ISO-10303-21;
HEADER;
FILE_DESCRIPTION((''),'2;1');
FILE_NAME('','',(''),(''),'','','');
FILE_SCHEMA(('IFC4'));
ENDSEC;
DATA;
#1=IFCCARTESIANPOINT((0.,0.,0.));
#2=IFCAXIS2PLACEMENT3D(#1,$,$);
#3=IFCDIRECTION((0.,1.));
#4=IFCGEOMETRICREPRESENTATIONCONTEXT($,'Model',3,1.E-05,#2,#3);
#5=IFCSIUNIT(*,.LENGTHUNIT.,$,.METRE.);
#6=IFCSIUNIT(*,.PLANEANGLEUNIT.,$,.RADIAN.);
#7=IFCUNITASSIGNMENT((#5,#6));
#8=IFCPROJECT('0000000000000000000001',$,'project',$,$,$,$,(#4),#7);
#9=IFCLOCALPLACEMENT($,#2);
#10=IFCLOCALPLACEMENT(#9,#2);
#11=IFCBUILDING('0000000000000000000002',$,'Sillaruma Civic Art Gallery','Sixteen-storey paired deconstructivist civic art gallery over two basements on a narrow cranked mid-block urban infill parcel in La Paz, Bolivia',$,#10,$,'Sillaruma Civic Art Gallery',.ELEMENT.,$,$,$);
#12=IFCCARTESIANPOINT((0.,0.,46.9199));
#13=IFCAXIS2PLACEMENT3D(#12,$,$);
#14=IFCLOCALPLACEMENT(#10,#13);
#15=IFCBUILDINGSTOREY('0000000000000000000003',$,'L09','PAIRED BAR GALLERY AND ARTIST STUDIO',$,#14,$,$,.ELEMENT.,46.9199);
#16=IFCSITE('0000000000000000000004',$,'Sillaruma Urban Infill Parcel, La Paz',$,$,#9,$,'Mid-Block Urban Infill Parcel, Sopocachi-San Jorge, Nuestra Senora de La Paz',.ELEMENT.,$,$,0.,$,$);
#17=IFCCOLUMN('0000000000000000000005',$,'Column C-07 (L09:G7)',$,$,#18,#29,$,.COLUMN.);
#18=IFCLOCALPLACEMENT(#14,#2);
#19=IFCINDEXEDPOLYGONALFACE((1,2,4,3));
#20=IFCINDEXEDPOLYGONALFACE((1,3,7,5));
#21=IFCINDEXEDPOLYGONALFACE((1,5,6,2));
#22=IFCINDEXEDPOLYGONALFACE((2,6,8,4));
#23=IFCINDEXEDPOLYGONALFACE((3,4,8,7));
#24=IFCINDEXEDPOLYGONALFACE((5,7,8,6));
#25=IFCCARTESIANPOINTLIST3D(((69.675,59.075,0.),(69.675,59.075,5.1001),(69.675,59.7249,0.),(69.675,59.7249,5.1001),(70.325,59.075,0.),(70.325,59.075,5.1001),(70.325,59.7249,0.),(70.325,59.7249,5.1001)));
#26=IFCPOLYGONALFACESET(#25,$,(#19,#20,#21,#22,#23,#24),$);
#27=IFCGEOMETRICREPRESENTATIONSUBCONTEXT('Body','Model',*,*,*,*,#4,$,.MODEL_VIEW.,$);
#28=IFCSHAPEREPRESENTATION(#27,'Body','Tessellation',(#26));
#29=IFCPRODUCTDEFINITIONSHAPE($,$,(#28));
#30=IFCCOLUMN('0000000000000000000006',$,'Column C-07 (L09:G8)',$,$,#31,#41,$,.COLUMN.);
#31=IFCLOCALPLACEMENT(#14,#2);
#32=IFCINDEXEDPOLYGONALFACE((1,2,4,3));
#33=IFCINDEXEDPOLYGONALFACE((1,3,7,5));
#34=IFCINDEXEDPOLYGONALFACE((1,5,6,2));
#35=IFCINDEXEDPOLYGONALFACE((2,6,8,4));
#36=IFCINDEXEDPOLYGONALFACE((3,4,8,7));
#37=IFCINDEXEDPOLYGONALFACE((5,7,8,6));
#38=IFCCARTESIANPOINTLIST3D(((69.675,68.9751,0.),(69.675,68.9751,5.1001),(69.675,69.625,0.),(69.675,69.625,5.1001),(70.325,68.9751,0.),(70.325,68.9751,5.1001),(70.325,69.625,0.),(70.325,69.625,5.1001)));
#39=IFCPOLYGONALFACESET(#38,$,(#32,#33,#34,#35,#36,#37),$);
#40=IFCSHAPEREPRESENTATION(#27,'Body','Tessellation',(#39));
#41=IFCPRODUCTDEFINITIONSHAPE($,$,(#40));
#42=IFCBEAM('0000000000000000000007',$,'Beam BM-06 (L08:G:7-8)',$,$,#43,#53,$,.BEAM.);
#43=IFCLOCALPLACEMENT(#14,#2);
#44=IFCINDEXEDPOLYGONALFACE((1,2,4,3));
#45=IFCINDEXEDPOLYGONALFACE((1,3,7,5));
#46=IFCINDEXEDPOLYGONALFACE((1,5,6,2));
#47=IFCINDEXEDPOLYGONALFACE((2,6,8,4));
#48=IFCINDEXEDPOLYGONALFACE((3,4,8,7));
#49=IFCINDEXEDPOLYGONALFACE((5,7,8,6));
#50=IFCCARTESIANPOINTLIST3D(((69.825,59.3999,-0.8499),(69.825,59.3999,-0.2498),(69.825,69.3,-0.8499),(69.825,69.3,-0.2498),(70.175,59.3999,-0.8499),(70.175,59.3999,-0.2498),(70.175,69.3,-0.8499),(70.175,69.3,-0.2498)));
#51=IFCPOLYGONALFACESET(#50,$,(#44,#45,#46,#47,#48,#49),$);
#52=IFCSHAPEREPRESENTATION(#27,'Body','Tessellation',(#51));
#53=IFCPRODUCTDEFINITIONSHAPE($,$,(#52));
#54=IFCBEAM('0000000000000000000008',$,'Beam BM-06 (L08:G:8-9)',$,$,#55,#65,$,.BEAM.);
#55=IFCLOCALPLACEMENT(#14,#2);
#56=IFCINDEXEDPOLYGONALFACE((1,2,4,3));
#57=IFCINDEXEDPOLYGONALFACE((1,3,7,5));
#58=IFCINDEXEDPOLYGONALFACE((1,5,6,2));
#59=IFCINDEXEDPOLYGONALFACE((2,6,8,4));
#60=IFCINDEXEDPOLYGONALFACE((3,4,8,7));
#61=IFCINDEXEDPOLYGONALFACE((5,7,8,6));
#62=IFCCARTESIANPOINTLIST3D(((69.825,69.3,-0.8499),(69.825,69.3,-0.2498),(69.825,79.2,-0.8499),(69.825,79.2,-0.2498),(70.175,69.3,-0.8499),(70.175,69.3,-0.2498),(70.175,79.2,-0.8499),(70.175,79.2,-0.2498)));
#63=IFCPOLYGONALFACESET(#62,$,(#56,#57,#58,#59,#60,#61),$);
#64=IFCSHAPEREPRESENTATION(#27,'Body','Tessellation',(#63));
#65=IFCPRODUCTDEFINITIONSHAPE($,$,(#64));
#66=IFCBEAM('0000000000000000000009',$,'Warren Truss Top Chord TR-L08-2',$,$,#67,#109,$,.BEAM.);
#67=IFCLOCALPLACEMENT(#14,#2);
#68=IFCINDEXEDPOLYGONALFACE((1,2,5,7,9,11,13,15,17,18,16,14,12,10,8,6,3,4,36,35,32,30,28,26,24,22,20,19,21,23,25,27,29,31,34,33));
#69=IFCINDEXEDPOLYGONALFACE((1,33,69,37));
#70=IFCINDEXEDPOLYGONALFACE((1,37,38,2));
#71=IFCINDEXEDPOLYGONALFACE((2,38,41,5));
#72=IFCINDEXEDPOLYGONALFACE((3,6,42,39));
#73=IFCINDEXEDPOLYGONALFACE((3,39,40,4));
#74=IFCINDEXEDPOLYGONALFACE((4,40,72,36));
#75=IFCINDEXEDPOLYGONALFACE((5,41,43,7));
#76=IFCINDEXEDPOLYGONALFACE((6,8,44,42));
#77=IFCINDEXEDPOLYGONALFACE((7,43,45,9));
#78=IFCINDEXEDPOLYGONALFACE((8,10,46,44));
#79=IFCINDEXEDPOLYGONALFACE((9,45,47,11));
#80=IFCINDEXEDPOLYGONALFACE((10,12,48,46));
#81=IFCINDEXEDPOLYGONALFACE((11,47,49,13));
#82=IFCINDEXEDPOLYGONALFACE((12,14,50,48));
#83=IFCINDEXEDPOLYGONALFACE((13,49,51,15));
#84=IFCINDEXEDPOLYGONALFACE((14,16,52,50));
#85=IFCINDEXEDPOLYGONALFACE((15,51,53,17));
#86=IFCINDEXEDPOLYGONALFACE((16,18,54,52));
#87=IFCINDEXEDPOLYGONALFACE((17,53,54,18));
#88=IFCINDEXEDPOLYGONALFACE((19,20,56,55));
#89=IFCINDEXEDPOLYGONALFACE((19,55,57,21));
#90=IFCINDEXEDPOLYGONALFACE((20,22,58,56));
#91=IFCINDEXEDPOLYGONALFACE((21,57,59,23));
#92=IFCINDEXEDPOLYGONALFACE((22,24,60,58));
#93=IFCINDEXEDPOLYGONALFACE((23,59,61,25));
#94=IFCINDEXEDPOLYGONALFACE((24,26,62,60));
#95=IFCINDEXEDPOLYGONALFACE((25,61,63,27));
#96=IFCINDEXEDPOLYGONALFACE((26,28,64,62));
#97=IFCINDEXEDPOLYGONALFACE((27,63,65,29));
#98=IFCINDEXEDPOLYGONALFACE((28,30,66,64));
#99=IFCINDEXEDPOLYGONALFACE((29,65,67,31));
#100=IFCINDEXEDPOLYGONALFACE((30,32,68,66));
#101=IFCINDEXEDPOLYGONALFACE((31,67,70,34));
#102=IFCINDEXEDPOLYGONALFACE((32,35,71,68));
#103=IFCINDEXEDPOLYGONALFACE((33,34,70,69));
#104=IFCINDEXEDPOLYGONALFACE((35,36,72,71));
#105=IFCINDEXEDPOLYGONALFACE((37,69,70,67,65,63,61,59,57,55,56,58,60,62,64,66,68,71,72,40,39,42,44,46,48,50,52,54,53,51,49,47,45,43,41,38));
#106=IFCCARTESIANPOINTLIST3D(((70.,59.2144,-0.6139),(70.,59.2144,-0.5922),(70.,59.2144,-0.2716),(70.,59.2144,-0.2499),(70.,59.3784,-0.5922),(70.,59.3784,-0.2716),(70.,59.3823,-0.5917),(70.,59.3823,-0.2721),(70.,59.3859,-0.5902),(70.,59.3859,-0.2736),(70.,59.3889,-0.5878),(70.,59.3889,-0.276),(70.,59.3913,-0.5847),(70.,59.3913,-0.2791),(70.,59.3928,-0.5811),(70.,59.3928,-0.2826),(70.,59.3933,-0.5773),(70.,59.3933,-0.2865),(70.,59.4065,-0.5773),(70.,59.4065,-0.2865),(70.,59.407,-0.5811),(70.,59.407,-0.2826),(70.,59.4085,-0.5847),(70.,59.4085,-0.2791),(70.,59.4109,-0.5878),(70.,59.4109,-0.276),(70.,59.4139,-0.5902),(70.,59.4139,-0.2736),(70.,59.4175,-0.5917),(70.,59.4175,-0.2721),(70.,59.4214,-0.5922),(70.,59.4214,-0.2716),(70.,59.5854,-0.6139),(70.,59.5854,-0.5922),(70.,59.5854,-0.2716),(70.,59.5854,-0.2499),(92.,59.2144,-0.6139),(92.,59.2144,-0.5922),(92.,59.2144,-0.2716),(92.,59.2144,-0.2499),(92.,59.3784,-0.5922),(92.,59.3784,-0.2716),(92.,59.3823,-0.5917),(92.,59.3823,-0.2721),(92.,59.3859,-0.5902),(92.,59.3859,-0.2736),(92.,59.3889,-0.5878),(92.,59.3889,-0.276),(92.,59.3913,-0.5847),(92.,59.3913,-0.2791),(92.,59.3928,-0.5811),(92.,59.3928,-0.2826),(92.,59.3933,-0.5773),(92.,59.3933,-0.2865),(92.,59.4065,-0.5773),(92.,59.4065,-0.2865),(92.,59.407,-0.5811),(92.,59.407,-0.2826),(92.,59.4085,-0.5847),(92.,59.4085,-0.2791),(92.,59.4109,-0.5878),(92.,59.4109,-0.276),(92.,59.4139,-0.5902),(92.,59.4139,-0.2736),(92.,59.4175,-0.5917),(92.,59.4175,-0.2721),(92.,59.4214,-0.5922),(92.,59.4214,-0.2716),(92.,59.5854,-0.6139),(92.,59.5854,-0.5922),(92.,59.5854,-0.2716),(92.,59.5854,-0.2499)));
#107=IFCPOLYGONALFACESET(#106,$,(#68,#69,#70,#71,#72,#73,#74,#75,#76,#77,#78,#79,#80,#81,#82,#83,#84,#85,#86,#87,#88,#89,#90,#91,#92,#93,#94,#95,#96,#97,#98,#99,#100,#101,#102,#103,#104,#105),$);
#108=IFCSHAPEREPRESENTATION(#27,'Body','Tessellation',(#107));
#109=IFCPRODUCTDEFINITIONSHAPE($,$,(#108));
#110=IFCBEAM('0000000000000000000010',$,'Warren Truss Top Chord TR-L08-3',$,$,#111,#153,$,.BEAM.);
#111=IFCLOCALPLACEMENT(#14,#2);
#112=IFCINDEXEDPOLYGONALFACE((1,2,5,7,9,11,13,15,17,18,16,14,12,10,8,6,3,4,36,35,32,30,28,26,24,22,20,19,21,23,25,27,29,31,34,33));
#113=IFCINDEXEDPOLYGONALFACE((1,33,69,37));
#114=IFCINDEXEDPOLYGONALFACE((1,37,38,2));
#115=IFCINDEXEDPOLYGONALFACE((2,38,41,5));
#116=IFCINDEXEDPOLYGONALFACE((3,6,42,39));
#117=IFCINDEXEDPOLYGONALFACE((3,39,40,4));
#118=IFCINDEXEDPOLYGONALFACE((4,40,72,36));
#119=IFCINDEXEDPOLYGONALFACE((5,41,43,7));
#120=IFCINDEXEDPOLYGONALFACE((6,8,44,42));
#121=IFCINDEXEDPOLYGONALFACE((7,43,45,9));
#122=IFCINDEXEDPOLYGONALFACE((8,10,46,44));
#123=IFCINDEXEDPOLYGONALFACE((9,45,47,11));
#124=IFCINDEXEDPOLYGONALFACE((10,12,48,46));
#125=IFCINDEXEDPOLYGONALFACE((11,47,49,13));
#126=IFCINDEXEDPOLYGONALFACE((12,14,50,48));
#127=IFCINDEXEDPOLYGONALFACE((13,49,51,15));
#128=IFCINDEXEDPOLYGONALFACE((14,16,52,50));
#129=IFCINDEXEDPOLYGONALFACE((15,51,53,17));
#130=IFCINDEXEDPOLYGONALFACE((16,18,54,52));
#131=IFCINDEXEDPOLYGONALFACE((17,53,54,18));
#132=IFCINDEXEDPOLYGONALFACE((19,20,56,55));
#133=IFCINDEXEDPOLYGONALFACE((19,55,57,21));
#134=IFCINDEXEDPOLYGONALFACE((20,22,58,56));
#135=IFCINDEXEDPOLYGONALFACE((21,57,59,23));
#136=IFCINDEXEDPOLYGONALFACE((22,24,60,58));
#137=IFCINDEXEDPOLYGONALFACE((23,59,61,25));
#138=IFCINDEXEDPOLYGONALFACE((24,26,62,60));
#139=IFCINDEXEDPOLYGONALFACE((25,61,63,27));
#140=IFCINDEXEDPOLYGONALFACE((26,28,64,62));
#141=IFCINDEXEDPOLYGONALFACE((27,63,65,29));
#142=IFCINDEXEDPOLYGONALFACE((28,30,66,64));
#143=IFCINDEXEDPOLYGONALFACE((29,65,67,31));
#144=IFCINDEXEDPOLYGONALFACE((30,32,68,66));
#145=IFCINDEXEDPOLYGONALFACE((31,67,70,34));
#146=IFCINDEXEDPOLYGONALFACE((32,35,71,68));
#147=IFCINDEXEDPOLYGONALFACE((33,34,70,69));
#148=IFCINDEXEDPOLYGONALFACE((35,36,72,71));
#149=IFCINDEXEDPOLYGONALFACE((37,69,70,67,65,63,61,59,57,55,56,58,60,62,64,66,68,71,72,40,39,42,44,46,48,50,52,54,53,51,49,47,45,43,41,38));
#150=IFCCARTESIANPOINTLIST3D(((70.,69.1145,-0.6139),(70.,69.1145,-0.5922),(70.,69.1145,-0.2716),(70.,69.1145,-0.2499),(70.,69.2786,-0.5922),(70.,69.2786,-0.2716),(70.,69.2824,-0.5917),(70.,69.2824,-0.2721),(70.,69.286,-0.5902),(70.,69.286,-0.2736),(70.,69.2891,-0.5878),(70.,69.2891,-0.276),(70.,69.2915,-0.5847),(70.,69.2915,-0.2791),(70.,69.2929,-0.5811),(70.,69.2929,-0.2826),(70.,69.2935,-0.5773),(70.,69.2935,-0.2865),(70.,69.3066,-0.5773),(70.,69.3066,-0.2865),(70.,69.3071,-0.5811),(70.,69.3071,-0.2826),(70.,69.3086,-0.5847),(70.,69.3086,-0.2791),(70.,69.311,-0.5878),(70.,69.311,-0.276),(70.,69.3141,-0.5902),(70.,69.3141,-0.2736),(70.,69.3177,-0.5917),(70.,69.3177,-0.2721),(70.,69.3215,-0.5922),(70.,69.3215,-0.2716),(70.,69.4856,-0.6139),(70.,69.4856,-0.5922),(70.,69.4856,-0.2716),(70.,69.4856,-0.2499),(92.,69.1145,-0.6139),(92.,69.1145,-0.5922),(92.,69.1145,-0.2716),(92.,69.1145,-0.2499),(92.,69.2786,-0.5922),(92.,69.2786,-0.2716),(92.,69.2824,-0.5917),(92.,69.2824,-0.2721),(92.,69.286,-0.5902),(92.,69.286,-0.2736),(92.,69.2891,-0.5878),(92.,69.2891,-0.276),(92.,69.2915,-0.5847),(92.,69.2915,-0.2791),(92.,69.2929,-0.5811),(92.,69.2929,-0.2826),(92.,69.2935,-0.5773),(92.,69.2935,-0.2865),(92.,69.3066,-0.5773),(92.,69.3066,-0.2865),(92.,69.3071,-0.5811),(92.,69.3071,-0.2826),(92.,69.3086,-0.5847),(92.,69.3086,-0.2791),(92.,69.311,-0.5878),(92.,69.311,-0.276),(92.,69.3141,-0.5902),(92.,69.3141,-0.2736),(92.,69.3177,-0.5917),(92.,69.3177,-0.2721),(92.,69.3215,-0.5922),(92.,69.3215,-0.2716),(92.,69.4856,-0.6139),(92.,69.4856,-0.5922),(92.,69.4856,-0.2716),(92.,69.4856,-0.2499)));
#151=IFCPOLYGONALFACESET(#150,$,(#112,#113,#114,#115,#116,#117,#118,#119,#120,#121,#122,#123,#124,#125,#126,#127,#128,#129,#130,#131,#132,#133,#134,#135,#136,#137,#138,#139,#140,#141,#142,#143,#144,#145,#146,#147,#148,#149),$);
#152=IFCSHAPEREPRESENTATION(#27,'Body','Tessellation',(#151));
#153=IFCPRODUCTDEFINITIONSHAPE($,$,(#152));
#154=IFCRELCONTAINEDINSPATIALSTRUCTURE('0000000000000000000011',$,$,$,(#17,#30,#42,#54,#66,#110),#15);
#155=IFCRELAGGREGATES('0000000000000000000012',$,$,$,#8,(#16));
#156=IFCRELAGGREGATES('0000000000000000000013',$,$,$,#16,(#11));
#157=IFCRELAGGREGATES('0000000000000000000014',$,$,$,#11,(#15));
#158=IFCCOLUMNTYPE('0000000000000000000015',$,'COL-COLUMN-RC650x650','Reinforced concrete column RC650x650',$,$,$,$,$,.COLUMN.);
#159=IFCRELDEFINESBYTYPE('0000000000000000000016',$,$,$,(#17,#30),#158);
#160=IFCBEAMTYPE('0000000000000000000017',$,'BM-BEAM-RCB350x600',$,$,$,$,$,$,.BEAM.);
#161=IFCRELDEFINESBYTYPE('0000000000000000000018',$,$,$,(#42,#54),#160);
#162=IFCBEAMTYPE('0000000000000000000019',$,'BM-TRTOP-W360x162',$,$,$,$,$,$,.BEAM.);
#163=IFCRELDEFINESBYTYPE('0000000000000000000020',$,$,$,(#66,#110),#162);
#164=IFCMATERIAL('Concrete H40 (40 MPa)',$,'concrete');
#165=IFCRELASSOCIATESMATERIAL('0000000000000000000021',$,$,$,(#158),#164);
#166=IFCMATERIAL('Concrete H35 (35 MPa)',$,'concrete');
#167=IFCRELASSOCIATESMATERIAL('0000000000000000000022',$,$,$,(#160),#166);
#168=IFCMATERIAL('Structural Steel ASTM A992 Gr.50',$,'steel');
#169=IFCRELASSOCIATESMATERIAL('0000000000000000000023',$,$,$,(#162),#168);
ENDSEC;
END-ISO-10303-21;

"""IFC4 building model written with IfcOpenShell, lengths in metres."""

from ifc_helpers import new_model, si_unit, direction, frame, origin, origin_2d, place, context, subcontext, project, spatial, rectangle, i_section, extrude, material, material_profile, profile_set, type_object, element, save


model = new_model("IFC4")

# Units and contexts
model_context = context("Model", 3, precision=1e-05, world=origin(), true_north=direction((0.0, 1.0)))
body_context = subcontext(model_context, "Body", "Model", "MODEL_VIEW")
ifc_project = project(units=[si_unit("LENGTHUNIT", "METRE"), si_unit("PLANEANGLEUNIT", "RADIAN")], contexts=[model_context])

# Site, building, storey
site_placement = place(None, origin())
site = spatial("IfcSite", under=ifc_project, at=site_placement, Name="Sillaruma Urban Infill Parcel, La Paz", LongName="Mid-Block Urban Infill Parcel, Sopocachi-San Jorge, Nuestra Senora de La Paz", CompositionType="ELEMENT", RefElevation=0.0)
building_placement = place(site_placement, origin())
building = spatial("IfcBuilding", under=site, at=building_placement, Name="Sillaruma Civic Art Gallery", Description="Sixteen-storey paired deconstructivist civic art gallery over two basements on a narrow cranked mid-block urban infill parcel in La Paz, Bolivia", LongName="Sillaruma Civic Art Gallery", CompositionType="ELEMENT")
storey_placement = place(building_placement, frame((0.0, 0.0, 46.9199)))
storey = spatial("IfcBuildingStorey", under=building, at=storey_placement, Name="L09", Description="PAIRED BAR GALLERY AND ARTIST STUDIO", CompositionType="ELEMENT", Elevation=46.9199)

# Columns
ifc_material_1 = material(Name="Concrete H40 (40 MPa)", Category="concrete")
ifc_material_profile_1 = material_profile(ifc_material_1, rectangle(XDim=0.6499, YDim=0.6499, at=origin_2d()), Name="RC650x650")
ifc_profile_set_1 = profile_set([ifc_material_profile_1], Name="Concrete H40 (40 MPa)")
column_type = type_object("IfcColumnType", Name="COL-COLUMN-RC650x650", Description="Reinforced concrete column RC650x650", PredefinedType="COLUMN", material=ifc_profile_set_1)
for number, where, z_axis, x_axis, name in (
    (1, (70.0, 59.3999, 0.0), (0.0, 0.0, 1.0), (1.0, 0.0, 0.0), "Column C-07 (L09:G7)"),
    (2, (70.0, 69.3, 0.0), (0.0, 0.0, 1.0), (1.0, 0.0, 0.0), "Column C-07 (L09:G8)"),
):
    element("IfcColumn", number, at=place(storey_placement, frame(where, z_axis=z_axis, x_axis=x_axis)), inside=storey, type_object=column_type, Name=name, PredefinedType="COLUMN", context=body_context, shape_type="SweptSolid", body=[
        extrude(rectangle(XDim=0.6499, YDim=0.6499, at=origin_2d()), origin(), (0.0, 0.0, 1.0), 5.1001),
    ])

# Beams
ifc_material_2 = material(Name="Concrete H35 (35 MPa)", Category="concrete")
ifc_material_profile_2 = material_profile(ifc_material_2, rectangle(XDim=0.3501, YDim=0.6001, at=origin_2d()), Name="RCB350x600")
ifc_profile_set_2 = profile_set([ifc_material_profile_2], Name="Concrete H35 (35 MPa)")
beam_type_1 = type_object("IfcBeamType", Name="BM-BEAM-RCB350x600", PredefinedType="BEAM", material=ifc_profile_set_2)
beam_1_placement = place(storey_placement, frame((70.0, 59.3999, -0.5498), z_axis=(0.0, 1.0, 0.0), x_axis=(-1.0, 0.0, 0.0)))
element("IfcBeam", 3, at=beam_1_placement, inside=storey, type_object=beam_type_1, Name="Beam BM-06 (L08:G:7-8)", PredefinedType="BEAM", context=body_context, shape_type="SweptSolid", body=[
    extrude(rectangle(XDim=0.3501, YDim=0.6001, at=origin_2d()), origin(), (0.0, 0.0, 1.0), 9.9001),
])
beam_2_placement = place(storey_placement, frame((70.0, 69.3, -0.5498), z_axis=(0.0, 1.0, 0.0), x_axis=(-1.0, 0.0, 0.0)))
element("IfcBeam", 4, at=beam_2_placement, inside=storey, type_object=beam_type_1, Name="Beam BM-06 (L08:G:8-9)", PredefinedType="BEAM", context=body_context, shape_type="SweptSolid", body=[
    extrude(rectangle(XDim=0.3501, YDim=0.6001, at=origin_2d()), origin(), (0.0, 0.0, 1.0), 9.8999),
])
ifc_material_3 = material(Name="Structural Steel ASTM A992 Gr.50", Category="steel")
ifc_material_profile_3 = material_profile(ifc_material_3, i_section(OverallWidth=0.3711, OverallDepth=0.364, WebThickness=0.0132, FlangeThickness=0.0217, FilletRadius=0.0149, at=origin_2d()), Name="W360x162")
ifc_profile_set_3 = profile_set([ifc_material_profile_3], Name="Structural Steel ASTM A992 Gr.50")
beam_type_2 = type_object("IfcBeamType", Name="BM-TRTOP-W360x162", PredefinedType="BEAM", material=ifc_profile_set_3)
for number, where, z_axis, x_axis, name in (
    (5, (70.0, 59.3999, -0.4319), (1.0, 0.0, 0.0), (0.0, 1.0, 0.0), "Warren Truss Top Chord TR-L08-2"),
    (6, (70.0, 69.3, -0.4319), (1.0, 0.0, 0.0), (0.0, 1.0, 0.0), "Warren Truss Top Chord TR-L08-3"),
):
    element("IfcBeam", number, at=place(storey_placement, frame(where, z_axis=z_axis, x_axis=x_axis)), inside=storey, type_object=beam_type_2, Name=name, PredefinedType="BEAM", context=body_context, shape_type="SweptSolid", body=[
        extrude(i_section(OverallWidth=0.3711, OverallDepth=0.364, WebThickness=0.0132, FlangeThickness=0.0217, FilletRadius=0.0149, at=origin_2d()), origin(), (0.0, 0.0, 1.0), 22.0),
    ])

save(model, "model.ifc")
